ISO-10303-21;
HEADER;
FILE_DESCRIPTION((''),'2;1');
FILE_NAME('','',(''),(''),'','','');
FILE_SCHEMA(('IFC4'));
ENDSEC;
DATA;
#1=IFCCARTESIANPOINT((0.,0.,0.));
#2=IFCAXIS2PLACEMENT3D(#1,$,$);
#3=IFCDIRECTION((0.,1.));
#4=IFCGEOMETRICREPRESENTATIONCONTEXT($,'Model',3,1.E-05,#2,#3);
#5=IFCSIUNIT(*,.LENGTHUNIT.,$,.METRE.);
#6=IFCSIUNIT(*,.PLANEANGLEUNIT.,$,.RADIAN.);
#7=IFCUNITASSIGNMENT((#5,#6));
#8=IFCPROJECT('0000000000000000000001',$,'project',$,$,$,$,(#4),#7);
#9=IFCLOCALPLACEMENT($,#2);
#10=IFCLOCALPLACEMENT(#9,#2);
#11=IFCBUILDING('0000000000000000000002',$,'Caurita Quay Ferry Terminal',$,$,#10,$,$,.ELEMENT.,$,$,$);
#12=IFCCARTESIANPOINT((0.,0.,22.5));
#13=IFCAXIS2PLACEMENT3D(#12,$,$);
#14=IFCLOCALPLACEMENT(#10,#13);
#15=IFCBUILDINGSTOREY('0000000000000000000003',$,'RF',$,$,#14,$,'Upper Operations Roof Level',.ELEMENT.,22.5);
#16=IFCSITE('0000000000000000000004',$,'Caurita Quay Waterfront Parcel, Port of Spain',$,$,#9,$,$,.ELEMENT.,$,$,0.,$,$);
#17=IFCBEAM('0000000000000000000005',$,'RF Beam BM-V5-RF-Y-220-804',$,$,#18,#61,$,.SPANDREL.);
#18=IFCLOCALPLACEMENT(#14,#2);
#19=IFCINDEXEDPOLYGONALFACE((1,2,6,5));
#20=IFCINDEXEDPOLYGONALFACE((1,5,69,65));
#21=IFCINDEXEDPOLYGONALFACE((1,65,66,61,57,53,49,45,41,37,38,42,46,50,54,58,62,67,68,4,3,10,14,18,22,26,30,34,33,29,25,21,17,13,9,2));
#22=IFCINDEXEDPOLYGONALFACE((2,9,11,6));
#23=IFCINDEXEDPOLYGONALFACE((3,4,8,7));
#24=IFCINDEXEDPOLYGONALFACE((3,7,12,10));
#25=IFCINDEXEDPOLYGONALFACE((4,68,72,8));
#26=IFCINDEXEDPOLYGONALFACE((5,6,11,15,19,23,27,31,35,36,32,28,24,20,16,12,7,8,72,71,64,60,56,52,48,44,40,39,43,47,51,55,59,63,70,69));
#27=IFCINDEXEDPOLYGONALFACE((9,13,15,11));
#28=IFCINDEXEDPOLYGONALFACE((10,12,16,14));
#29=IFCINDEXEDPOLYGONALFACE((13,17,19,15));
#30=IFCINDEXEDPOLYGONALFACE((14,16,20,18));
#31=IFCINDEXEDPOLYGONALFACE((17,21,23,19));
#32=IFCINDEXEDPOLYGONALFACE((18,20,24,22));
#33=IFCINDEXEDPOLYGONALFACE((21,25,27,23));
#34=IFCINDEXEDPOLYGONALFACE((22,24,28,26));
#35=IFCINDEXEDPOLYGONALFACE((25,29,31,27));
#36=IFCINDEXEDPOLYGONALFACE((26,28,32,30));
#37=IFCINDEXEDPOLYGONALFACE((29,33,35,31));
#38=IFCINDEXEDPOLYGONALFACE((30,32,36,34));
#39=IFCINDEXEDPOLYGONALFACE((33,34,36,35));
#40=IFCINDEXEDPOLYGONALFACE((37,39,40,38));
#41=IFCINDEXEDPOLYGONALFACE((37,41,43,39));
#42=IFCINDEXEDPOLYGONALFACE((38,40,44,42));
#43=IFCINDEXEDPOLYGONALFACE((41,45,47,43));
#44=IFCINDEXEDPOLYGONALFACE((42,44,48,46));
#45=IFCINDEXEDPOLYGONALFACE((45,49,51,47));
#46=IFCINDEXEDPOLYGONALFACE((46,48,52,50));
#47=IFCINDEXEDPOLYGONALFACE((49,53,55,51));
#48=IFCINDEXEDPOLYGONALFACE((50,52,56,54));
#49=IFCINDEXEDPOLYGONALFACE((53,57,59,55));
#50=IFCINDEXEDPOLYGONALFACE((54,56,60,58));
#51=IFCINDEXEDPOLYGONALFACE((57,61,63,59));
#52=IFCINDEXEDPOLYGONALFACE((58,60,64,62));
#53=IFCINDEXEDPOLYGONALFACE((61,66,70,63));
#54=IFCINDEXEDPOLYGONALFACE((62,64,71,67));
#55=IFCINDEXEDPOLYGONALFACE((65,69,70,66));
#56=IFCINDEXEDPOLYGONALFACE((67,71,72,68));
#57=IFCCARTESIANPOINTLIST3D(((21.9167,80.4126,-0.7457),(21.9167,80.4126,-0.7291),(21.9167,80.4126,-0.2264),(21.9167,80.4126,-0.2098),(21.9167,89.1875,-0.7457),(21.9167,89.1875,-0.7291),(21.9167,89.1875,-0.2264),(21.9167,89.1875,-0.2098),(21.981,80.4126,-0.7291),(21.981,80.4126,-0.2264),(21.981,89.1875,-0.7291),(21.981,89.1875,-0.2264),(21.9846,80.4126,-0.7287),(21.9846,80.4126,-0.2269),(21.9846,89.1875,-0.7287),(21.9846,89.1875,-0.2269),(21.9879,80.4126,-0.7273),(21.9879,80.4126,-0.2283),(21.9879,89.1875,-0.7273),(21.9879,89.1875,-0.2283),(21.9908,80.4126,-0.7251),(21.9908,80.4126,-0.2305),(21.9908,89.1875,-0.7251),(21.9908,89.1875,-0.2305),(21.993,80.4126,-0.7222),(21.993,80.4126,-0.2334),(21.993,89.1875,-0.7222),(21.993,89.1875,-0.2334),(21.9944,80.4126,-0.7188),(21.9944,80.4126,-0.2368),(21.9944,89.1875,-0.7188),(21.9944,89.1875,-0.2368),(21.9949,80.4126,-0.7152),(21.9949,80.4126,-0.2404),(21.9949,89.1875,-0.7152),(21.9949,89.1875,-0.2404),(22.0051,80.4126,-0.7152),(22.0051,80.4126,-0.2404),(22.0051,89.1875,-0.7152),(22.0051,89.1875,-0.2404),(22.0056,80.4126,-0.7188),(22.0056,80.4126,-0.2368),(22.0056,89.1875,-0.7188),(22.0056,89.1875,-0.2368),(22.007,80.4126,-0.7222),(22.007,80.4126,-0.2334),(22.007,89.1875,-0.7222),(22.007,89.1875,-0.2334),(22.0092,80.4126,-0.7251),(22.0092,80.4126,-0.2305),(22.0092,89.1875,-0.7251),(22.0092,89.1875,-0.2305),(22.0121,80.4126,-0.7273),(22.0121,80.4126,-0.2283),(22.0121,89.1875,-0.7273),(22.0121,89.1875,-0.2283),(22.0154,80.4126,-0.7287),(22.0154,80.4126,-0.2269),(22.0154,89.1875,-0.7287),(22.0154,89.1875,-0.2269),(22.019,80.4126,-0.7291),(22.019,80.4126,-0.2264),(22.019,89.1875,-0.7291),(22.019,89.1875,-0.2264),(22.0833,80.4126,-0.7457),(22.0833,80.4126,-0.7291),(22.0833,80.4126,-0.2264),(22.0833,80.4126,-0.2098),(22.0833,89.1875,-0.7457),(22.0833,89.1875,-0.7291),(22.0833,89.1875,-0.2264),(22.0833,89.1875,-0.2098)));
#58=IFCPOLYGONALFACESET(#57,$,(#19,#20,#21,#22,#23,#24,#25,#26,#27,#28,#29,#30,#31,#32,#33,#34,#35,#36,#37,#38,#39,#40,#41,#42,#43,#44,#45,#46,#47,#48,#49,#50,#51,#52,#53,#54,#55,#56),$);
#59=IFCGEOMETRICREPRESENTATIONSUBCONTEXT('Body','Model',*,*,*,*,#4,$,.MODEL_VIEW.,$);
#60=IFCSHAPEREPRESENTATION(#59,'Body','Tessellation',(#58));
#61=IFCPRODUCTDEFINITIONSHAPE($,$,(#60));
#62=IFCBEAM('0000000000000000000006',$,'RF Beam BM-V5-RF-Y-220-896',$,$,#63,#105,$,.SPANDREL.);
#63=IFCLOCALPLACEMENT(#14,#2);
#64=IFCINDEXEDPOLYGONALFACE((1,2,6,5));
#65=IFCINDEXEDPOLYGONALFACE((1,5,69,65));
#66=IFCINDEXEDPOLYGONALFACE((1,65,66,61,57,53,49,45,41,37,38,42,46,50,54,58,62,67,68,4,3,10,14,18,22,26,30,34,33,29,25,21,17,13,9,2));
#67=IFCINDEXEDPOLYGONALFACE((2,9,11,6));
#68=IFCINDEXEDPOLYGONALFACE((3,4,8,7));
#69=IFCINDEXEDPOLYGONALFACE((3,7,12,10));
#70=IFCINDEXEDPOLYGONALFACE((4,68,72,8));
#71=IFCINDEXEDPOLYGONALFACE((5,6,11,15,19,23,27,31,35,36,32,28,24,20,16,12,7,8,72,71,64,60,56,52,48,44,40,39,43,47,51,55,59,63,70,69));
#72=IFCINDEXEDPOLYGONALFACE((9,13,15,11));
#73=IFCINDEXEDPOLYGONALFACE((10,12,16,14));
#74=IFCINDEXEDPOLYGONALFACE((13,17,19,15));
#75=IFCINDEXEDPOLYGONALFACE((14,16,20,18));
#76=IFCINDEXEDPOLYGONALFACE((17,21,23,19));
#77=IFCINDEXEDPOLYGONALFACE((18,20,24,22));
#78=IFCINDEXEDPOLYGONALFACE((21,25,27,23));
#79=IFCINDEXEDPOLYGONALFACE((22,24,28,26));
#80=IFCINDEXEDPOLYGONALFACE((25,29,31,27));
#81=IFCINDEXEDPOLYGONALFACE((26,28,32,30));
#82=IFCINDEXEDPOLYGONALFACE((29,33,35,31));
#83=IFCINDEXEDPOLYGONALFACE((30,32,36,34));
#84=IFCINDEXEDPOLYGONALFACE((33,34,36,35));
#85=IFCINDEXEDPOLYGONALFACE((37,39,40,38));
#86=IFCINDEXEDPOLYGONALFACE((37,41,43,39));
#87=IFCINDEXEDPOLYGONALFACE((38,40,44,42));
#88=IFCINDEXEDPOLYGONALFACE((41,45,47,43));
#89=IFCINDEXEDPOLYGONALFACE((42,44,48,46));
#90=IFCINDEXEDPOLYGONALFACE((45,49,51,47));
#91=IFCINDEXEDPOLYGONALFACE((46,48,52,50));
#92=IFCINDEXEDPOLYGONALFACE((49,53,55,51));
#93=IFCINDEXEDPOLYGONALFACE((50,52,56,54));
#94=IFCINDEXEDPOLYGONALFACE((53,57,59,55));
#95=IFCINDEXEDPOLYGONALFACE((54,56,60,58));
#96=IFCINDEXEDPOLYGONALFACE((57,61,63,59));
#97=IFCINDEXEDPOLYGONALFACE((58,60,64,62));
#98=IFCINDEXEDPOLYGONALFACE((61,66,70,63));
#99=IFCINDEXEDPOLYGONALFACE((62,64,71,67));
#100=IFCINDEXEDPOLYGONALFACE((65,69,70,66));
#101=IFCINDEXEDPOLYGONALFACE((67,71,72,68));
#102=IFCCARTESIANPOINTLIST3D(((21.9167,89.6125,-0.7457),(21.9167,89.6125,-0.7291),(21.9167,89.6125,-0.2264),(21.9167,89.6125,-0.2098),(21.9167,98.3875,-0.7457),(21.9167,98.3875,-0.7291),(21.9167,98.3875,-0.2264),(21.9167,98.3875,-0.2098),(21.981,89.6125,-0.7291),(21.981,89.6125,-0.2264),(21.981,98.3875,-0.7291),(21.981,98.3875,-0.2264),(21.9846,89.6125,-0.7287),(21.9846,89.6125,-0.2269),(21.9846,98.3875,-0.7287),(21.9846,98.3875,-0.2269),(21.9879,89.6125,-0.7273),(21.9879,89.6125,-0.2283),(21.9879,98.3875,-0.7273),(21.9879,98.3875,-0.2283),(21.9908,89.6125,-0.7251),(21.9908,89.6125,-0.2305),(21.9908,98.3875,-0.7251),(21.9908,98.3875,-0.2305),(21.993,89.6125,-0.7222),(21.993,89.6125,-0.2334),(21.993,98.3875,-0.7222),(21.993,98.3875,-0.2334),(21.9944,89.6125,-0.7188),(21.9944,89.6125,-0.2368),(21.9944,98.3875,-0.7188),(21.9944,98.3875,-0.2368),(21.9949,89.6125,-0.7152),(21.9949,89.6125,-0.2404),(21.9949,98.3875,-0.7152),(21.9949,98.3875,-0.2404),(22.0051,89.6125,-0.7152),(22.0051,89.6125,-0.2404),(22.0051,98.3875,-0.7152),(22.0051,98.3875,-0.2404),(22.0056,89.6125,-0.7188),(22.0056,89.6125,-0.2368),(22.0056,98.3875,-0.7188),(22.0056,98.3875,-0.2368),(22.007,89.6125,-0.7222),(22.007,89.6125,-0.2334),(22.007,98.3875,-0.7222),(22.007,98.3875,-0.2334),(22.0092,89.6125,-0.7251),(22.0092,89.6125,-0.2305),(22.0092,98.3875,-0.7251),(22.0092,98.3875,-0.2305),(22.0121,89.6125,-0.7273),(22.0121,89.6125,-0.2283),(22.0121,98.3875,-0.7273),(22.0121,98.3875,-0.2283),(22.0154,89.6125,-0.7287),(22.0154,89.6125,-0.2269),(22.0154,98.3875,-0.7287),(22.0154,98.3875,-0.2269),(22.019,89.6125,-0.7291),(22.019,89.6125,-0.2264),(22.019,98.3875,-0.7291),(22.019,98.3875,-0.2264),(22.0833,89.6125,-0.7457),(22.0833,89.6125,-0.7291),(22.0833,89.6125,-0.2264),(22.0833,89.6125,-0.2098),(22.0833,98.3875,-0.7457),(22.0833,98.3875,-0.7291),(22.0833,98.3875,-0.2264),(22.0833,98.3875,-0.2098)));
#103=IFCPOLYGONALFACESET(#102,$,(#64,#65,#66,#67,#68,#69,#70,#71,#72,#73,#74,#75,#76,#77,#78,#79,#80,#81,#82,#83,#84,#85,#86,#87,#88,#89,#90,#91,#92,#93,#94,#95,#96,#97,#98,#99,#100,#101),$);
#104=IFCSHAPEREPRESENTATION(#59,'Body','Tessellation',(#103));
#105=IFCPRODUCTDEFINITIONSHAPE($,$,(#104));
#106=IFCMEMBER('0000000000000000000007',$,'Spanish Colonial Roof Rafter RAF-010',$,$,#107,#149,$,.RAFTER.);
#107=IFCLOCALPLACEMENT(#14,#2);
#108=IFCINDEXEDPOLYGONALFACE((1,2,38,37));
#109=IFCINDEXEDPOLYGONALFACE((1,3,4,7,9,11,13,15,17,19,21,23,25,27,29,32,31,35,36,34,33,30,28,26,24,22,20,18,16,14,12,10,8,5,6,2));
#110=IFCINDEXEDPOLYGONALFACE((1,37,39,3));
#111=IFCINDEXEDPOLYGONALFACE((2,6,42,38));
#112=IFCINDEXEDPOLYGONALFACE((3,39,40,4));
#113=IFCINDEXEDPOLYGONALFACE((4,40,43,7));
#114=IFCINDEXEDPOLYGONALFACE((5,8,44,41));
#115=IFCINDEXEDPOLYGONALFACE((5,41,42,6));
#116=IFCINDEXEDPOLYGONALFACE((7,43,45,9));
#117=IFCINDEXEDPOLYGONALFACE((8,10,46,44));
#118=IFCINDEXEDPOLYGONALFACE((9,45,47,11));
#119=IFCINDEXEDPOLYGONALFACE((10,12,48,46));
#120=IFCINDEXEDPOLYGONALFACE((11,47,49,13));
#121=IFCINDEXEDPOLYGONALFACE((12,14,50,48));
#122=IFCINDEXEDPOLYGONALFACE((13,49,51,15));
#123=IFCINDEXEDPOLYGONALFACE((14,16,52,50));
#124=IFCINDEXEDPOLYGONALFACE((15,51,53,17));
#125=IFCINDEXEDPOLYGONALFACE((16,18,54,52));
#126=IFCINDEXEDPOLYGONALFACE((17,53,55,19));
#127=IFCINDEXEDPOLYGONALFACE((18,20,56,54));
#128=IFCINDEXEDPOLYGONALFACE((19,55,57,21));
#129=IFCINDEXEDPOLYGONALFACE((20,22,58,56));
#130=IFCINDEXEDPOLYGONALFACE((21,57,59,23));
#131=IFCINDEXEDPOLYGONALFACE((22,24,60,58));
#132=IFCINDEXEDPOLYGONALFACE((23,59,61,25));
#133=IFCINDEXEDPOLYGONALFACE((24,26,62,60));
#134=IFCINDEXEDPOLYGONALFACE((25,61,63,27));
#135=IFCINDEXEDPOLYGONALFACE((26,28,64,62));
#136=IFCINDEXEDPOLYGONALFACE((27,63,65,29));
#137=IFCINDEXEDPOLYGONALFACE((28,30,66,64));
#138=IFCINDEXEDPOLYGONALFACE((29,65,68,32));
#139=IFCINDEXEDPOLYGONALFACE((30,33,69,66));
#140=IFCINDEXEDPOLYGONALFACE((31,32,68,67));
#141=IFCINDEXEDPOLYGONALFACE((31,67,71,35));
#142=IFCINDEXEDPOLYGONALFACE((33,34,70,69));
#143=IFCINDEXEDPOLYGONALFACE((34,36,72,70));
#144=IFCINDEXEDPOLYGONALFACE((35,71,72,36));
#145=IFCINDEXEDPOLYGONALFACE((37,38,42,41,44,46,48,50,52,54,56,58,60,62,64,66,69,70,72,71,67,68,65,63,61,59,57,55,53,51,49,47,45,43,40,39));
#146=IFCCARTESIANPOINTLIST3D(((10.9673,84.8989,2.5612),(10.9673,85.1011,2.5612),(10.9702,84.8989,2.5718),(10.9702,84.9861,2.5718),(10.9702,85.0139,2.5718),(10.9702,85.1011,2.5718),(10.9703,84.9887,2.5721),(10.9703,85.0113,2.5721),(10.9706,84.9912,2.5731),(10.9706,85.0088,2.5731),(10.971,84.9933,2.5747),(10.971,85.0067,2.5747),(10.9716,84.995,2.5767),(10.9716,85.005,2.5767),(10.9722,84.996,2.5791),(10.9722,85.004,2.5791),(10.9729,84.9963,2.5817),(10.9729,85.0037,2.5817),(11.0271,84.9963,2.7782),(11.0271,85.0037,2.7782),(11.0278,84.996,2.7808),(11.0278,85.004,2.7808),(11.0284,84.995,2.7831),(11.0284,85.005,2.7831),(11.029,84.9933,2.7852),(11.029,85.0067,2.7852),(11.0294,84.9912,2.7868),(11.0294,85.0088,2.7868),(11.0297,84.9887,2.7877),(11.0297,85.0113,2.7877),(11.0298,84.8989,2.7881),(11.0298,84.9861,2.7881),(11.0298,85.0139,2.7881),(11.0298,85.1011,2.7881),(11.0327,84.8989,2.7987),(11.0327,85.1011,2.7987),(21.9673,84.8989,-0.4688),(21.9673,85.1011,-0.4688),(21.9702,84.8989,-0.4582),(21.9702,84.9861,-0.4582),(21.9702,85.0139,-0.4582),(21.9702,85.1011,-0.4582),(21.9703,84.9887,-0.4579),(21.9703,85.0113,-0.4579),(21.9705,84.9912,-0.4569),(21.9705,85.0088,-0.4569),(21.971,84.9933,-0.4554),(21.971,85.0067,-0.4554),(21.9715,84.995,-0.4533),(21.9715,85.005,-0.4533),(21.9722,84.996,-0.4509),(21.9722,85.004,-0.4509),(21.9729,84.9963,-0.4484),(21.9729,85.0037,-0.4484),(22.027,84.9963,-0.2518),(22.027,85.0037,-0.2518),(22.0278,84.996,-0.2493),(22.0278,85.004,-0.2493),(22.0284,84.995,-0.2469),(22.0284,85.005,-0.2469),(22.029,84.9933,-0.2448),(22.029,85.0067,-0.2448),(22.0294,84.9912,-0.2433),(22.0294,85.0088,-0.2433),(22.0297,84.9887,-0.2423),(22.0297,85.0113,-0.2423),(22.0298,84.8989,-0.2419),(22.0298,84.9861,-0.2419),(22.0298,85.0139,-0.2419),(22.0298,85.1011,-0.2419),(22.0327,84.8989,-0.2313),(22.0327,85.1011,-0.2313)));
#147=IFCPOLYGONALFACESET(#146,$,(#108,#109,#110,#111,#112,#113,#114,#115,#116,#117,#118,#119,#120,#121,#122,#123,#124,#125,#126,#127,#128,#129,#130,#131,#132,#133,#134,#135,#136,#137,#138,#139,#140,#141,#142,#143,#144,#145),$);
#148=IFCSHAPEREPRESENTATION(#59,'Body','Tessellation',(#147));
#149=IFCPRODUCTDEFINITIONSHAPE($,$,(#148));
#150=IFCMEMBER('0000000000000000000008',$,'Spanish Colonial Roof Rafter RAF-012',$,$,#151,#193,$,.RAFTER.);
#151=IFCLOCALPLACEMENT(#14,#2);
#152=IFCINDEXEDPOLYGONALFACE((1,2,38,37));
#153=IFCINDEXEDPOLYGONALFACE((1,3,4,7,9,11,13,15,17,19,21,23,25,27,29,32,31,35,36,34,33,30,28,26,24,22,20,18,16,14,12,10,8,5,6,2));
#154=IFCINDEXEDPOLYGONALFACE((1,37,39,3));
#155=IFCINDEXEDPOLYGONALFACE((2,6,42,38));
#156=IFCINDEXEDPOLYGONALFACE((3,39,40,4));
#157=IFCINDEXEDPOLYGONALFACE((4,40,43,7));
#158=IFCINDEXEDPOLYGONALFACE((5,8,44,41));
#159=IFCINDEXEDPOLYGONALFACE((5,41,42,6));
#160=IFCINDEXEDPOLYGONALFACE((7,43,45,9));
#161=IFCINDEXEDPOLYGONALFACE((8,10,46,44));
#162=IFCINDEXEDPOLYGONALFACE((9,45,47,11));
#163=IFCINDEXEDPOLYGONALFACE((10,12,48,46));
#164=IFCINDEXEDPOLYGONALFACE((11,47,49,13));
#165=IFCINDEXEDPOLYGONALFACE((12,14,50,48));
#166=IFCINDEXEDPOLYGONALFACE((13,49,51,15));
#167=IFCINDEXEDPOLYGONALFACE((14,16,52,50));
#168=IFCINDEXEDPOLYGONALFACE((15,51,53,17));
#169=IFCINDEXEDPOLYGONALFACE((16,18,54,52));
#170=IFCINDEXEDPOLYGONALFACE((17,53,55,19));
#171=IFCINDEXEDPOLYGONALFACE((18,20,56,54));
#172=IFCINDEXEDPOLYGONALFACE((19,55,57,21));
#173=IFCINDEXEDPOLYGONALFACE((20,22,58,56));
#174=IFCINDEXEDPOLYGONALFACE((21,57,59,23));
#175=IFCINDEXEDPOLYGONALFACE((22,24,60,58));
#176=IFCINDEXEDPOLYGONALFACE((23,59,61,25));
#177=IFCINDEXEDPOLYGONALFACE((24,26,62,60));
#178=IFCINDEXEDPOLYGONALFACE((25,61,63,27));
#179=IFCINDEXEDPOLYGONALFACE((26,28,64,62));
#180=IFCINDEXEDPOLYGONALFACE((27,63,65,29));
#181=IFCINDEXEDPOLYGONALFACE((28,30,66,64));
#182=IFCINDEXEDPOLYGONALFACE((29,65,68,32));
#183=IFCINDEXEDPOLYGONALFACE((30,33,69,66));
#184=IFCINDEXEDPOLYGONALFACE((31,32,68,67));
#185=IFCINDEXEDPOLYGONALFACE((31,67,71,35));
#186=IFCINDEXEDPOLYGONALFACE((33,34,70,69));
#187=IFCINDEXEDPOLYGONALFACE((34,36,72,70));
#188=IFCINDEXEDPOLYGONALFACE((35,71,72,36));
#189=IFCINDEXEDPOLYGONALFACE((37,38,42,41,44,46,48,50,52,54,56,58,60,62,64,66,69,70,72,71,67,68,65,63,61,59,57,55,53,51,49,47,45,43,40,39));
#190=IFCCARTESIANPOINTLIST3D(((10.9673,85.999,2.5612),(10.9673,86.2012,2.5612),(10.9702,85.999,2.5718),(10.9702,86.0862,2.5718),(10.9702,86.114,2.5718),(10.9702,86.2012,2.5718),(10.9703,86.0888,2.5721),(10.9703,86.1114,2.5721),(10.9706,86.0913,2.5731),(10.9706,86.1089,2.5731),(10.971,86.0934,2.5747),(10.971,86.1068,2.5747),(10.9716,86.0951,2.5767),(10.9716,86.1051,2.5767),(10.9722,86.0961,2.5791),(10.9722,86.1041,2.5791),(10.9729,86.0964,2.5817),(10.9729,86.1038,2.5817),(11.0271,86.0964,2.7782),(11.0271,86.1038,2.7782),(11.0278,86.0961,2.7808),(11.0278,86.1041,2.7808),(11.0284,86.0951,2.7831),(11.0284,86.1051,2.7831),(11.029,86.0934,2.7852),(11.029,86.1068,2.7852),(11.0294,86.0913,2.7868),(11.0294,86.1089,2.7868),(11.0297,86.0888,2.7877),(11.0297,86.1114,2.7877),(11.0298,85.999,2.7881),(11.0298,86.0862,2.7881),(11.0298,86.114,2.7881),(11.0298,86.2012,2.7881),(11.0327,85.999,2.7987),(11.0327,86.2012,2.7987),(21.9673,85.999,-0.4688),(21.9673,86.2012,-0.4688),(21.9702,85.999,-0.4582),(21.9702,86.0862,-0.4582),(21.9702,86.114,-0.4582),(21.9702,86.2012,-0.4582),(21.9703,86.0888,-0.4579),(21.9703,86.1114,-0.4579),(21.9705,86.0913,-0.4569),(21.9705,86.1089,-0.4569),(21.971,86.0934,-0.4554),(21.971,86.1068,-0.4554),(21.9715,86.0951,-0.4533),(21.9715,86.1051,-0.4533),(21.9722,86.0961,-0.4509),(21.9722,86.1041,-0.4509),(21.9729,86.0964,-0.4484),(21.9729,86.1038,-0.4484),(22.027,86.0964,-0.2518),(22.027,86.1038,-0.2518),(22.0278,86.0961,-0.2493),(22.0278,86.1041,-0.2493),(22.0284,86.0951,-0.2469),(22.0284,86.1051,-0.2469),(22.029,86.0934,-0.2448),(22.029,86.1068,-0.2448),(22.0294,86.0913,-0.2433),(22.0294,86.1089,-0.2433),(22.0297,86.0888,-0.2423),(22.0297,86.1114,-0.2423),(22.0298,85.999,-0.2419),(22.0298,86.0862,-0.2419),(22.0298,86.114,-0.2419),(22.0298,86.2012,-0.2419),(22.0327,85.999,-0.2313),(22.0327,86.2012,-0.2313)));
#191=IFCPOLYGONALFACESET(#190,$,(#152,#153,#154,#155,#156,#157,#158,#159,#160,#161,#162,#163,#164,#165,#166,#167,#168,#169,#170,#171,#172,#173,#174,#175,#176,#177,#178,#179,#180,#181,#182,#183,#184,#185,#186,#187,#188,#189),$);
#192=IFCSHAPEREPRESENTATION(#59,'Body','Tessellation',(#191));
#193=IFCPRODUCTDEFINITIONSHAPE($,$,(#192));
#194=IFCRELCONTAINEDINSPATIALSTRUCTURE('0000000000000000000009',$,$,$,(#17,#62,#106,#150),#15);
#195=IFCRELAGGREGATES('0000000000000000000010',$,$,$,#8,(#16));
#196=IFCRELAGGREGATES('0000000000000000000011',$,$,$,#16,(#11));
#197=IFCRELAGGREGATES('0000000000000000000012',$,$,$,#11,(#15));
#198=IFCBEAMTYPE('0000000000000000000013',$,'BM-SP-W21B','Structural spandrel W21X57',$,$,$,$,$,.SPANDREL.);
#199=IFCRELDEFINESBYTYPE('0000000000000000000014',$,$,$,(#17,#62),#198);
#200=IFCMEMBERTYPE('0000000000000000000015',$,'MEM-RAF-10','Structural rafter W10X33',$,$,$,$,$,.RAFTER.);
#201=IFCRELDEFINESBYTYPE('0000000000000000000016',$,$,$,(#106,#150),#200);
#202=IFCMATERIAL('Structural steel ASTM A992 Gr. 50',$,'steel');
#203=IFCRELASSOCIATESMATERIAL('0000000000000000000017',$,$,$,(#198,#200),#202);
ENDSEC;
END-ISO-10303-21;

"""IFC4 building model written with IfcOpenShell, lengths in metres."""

from ifc_helpers import new_model, si_unit, direction, frame, origin, origin_2d, place, context, subcontext, project, spatial, i_section, extrude, material, material_profile, profile_set, type_object, element, save


model = new_model("IFC4")

# Units and contexts
model_context = context("Model", 3, precision=1e-05, world=origin(), true_north=direction((0.0, 1.0)))
body_context = subcontext(model_context, "Body", "Model", "MODEL_VIEW")
ifc_project = project(units=[si_unit("LENGTHUNIT", "METRE"), si_unit("PLANEANGLEUNIT", "RADIAN")], contexts=[model_context])

# Site, building, storey
site_placement = place(None, origin())
site = spatial("IfcSite", under=ifc_project, at=site_placement, Name="Caurita Quay Waterfront Parcel, Port of Spain", CompositionType="ELEMENT", RefElevation=0.0)
building_placement = place(site_placement, origin())
building = spatial("IfcBuilding", under=site, at=building_placement, Name="Caurita Quay Ferry Terminal", CompositionType="ELEMENT")
storey_placement = place(building_placement, frame((0.0, 0.0, 22.5)))
storey = spatial("IfcBuildingStorey", under=building, at=storey_placement, Name="RF", LongName="Upper Operations Roof Level", CompositionType="ELEMENT", Elevation=22.5)

# Beams
ifc_material_1 = material(Name="Structural steel ASTM A992 Gr. 50", Category="steel")
ifc_material_profile_1 = material_profile(ifc_material_1, i_section(OverallWidth=0.1665, OverallDepth=0.5359, WebThickness=0.0103, FlangeThickness=0.0166, FilletRadius=0.0139, at=origin_2d()), Name="W21X57")
ifc_profile_set_1 = profile_set([ifc_material_profile_1], Name="Structural steel ASTM A992 Gr. 50")
beam_type_1 = type_object("IfcBeamType", Name="BM-SP-W21B", Description="Structural spandrel W21X57", PredefinedType="SPANDREL", material=ifc_profile_set_1)
for number, where, z_axis, x_axis, name in (
    (1, (22.0, 80.4126, -0.4778), (0.0, 1.0, 0.0), (-1.0, 0.0, 0.0), "RF Beam BM-V5-RF-Y-220-804"),
    (2, (22.0, 89.6125, -0.4778), (0.0, 1.0, 0.0), (-1.0, 0.0, 0.0), "RF Beam BM-V5-RF-Y-220-896"),
):
    element("IfcBeam", number, at=place(storey_placement, frame(where, z_axis=z_axis, x_axis=x_axis)), inside=storey, type_object=beam_type_1, Name=name, PredefinedType="SPANDREL", context=body_context, shape_type="SweptSolid", body=[
        extrude(i_section(OverallWidth=0.1665, OverallDepth=0.5359, WebThickness=0.0103, FlangeThickness=0.0166, FilletRadius=0.0139, at=origin_2d()), origin(), (0.0, 0.0, 1.0), 8.7749),
    ])

# Members
ifc_material_profile_2 = material_profile(ifc_material_1, i_section(OverallWidth=0.2021, OverallDepth=0.2463, WebThickness=0.0073, FlangeThickness=0.011, FilletRadius=0.0103, at=origin_2d()), Name="W10X33")
ifc_profile_set_2 = profile_set([ifc_material_profile_2], Name="Structural steel ASTM A992 Gr. 50")
member_type = type_object("IfcMemberType", Name="MEM-RAF-10", Description="Structural rafter W10X33", PredefinedType="RAFTER", material=ifc_profile_set_2)
for number, where, z_axis, x_axis, name in (
    (3, (11.0, 85.0, 2.6799), (0.964093, 0.0, -0.265566), (0.0, 1.0, 0.0), "Spanish Colonial Roof Rafter RAF-010"),
    (4, (11.0, 86.1001, 2.6799), (0.964093, 0.0, -0.265566), (0.0, 1.0, 0.0), "Spanish Colonial Roof Rafter RAF-012"),
):
    element("IfcMember", number, at=place(storey_placement, frame(where, z_axis=z_axis, x_axis=x_axis)), inside=storey, type_object=member_type, Name=name, PredefinedType="RAFTER", context=body_context, shape_type="SweptSolid", body=[
        extrude(i_section(OverallWidth=0.2021, OverallDepth=0.2463, WebThickness=0.0073, FlangeThickness=0.011, FilletRadius=0.0103, at=origin_2d()), origin(), (0.0, 0.0, 1.0), 11.4097),
    ])

save(model, "model.ifc")
